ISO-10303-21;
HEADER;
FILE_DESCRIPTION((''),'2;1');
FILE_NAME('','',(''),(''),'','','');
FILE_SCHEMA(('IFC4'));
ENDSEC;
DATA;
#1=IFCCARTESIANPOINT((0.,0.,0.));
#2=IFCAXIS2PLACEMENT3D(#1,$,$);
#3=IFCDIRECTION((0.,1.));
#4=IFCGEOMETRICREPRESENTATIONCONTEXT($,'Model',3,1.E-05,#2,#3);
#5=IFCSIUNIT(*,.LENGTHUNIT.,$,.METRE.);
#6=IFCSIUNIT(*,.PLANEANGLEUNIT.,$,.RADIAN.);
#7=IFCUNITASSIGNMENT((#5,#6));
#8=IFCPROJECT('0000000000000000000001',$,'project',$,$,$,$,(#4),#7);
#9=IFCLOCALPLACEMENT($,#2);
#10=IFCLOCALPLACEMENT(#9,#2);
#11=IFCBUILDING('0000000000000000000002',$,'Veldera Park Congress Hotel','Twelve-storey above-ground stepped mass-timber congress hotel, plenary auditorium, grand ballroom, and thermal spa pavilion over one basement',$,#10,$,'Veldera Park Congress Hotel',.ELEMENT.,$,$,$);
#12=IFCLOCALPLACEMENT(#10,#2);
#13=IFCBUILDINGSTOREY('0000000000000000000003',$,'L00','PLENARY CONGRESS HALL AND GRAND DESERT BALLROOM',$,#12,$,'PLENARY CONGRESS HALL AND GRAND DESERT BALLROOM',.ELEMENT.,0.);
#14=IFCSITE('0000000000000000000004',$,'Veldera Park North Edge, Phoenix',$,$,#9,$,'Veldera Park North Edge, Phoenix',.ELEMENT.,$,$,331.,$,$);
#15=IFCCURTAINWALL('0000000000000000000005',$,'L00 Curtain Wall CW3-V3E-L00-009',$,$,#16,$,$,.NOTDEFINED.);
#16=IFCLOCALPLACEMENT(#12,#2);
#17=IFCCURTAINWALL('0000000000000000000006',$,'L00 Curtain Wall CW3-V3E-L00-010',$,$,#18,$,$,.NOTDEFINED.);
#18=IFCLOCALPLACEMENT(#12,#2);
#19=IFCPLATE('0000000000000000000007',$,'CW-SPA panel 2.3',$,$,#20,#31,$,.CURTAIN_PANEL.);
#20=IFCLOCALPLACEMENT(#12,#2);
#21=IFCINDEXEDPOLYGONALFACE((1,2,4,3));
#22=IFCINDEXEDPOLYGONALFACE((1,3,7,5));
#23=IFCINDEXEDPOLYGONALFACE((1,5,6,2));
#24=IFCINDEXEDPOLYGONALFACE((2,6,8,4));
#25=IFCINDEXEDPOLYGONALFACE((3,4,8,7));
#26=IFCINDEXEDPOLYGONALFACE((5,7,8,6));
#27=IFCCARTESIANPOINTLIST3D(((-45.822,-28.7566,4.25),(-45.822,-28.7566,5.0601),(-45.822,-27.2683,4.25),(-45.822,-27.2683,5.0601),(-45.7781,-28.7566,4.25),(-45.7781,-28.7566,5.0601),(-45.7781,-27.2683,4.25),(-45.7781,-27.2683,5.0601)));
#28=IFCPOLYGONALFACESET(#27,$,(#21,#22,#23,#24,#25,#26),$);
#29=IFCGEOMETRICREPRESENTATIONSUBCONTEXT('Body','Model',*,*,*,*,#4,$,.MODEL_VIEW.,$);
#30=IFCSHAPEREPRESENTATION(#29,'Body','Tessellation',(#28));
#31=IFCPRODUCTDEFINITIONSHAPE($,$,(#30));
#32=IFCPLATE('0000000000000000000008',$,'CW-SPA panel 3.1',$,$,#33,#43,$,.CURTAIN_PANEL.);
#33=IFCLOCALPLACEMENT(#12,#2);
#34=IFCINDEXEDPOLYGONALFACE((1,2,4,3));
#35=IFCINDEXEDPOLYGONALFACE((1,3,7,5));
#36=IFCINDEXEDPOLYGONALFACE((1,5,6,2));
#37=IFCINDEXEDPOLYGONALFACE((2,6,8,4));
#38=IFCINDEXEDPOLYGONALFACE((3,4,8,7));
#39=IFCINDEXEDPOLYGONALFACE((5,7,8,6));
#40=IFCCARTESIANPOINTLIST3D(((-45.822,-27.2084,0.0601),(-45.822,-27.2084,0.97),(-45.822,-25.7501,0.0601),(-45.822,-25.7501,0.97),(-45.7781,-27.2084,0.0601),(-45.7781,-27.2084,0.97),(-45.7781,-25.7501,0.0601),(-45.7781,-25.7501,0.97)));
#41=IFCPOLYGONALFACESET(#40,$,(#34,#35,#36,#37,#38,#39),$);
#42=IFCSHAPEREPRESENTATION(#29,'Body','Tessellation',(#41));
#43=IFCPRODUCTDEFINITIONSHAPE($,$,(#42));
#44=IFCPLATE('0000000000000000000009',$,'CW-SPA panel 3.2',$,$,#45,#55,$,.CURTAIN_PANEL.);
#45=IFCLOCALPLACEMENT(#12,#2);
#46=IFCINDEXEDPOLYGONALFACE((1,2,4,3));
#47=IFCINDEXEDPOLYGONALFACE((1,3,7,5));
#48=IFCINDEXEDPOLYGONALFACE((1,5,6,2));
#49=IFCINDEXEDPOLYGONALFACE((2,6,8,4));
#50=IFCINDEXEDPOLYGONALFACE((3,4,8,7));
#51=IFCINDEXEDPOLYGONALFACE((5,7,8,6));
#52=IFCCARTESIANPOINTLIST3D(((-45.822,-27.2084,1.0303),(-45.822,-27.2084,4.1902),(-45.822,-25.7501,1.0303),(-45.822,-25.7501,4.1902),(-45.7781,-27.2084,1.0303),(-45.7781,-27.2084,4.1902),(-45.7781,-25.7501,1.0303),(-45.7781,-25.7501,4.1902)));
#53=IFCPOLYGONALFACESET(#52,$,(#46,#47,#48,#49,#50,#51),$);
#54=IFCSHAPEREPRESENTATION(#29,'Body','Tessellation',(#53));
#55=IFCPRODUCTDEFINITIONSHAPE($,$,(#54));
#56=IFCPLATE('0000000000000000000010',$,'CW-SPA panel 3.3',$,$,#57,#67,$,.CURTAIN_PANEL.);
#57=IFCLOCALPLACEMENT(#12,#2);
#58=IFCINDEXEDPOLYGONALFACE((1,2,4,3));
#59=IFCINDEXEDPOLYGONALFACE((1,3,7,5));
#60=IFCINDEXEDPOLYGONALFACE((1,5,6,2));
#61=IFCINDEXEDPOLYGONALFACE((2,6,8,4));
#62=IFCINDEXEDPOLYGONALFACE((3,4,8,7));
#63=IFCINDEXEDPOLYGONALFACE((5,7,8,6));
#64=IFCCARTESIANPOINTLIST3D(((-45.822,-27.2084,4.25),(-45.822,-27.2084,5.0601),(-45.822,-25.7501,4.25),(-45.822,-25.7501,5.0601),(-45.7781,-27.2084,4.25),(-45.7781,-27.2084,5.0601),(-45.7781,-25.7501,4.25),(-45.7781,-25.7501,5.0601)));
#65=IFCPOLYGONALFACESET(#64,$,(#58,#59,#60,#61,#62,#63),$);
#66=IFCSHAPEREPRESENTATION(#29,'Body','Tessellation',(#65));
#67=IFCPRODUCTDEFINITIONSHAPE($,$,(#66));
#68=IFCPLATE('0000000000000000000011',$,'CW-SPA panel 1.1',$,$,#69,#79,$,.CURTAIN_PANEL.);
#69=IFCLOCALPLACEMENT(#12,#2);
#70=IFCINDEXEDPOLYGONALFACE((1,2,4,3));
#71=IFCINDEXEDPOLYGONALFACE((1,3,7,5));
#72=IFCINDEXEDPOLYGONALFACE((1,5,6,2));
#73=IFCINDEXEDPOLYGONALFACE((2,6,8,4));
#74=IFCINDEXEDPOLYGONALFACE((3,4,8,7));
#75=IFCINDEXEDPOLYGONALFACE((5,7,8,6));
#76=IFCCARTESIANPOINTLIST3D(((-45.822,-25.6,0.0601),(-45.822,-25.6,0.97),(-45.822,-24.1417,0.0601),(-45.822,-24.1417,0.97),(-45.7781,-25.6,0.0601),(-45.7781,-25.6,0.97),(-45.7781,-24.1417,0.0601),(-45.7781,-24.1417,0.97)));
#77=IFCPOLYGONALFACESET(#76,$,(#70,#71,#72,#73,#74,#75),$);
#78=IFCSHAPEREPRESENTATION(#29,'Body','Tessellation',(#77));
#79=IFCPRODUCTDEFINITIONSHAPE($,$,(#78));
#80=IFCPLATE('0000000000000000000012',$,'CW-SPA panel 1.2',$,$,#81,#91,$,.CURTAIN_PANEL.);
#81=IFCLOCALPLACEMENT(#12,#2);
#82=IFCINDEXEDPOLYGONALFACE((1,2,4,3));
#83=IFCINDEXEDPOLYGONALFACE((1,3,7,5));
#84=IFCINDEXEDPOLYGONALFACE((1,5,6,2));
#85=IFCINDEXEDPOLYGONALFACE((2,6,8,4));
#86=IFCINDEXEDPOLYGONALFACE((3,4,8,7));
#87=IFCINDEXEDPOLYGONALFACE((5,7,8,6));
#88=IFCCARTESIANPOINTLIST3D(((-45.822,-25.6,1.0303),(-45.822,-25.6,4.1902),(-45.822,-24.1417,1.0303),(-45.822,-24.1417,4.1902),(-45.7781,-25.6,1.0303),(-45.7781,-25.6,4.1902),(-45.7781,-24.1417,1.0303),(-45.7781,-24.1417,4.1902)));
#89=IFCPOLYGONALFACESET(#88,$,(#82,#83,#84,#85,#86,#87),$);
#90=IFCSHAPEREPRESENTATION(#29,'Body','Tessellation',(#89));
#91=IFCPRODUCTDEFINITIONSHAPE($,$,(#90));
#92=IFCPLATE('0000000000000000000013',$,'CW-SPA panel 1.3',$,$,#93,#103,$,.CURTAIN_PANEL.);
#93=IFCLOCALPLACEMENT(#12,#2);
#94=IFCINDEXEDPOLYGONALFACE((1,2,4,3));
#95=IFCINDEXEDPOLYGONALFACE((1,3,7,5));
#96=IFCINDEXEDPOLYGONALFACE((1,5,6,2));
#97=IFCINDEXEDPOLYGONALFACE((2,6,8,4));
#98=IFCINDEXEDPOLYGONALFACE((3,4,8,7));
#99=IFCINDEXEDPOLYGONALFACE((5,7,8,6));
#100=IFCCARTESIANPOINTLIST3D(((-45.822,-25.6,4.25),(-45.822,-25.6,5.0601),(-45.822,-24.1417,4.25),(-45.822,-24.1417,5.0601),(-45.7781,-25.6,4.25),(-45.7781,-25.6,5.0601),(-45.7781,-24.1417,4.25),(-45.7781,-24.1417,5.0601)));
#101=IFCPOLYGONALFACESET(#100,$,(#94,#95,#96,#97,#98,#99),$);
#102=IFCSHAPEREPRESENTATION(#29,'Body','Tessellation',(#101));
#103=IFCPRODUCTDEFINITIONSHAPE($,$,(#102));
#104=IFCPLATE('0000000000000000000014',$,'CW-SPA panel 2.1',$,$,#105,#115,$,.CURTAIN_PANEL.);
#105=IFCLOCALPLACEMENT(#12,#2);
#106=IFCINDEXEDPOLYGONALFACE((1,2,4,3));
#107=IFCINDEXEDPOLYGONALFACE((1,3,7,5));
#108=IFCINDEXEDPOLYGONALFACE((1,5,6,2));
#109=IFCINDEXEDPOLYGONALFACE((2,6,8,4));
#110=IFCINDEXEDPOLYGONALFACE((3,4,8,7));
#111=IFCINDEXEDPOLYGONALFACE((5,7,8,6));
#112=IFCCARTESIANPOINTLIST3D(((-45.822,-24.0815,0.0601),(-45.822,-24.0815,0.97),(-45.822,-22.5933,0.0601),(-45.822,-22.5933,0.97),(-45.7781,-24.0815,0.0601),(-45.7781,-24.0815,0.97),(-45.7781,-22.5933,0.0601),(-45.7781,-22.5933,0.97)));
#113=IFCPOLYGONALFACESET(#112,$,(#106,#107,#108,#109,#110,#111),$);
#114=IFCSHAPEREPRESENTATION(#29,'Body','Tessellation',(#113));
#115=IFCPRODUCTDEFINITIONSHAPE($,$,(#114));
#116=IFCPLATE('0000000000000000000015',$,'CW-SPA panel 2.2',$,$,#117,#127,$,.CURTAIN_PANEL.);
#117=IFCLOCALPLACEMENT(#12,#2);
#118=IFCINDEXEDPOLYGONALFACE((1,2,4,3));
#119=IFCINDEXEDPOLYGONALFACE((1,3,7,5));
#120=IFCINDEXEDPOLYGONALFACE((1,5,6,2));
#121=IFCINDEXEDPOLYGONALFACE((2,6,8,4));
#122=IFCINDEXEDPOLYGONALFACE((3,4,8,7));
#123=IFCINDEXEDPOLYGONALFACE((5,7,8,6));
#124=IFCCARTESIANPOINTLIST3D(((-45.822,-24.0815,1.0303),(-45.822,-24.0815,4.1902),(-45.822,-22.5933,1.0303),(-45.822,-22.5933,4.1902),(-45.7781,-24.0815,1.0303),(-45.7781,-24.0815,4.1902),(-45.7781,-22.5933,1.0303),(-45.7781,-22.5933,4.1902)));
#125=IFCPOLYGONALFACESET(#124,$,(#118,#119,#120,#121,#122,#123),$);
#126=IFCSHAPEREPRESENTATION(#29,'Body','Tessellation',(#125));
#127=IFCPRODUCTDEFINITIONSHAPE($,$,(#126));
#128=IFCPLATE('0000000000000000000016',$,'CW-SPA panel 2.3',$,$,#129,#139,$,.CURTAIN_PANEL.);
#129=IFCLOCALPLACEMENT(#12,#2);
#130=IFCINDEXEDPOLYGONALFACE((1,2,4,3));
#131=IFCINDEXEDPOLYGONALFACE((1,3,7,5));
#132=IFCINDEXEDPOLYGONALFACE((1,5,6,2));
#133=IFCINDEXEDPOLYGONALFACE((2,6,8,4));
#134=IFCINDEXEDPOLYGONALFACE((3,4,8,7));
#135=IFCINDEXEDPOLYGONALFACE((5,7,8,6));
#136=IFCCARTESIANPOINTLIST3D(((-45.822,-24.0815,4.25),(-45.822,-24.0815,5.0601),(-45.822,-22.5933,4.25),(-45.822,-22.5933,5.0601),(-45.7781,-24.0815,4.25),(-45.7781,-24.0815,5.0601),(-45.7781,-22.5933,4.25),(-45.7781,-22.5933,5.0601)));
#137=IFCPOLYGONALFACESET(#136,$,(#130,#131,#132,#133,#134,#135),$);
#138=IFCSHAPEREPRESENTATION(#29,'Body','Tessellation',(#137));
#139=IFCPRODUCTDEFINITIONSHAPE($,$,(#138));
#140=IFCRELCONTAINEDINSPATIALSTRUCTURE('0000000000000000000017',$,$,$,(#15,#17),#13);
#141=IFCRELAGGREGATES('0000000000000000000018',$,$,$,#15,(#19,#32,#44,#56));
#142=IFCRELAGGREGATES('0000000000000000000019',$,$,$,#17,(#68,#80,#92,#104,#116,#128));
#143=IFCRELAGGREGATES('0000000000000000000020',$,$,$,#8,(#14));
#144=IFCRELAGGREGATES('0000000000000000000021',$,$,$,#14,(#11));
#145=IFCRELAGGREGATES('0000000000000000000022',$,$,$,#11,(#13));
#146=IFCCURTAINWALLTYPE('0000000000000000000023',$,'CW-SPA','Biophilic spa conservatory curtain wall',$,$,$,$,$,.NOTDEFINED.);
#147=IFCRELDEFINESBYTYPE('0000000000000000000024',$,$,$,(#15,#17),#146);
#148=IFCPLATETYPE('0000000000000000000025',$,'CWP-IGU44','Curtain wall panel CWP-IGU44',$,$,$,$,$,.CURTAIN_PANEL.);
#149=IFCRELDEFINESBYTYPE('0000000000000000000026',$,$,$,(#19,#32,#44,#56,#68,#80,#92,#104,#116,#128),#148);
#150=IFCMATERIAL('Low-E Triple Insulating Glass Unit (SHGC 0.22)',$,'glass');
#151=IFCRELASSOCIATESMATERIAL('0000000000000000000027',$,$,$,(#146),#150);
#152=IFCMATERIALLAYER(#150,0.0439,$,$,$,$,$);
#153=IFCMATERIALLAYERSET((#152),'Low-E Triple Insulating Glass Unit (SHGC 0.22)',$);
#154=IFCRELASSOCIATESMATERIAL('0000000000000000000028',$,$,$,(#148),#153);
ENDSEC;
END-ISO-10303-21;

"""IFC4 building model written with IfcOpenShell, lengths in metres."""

from ifc_helpers import new_model, si_unit, direction, frame, origin, origin_2d, place, context, subcontext, project, spatial, rectangle, extrude, material, layer, layer_set, type_object, element, aggregate, save


model = new_model("IFC4")

# Units and contexts
model_context = context("Model", 3, precision=1e-05, world=origin(), true_north=direction((0.0, 1.0)))
body_context = subcontext(model_context, "Body", "Model", "MODEL_VIEW")
ifc_project = project(units=[si_unit("LENGTHUNIT", "METRE"), si_unit("PLANEANGLEUNIT", "RADIAN")], contexts=[model_context])

# Site, building, storey
site_placement = place(None, origin())
site = spatial("IfcSite", under=ifc_project, at=site_placement, Name="Veldera Park North Edge, Phoenix", LongName="Veldera Park North Edge, Phoenix", CompositionType="ELEMENT", RefElevation=331.0)
building_placement = place(site_placement, origin())
building = spatial("IfcBuilding", under=site, at=building_placement, Name="Veldera Park Congress Hotel", Description="Twelve-storey above-ground stepped mass-timber congress hotel, plenary auditorium, grand ballroom, and thermal spa pavilion over one basement", LongName="Veldera Park Congress Hotel", CompositionType="ELEMENT")
storey_placement = place(building_placement, origin())
storey = spatial("IfcBuildingStorey", under=building, at=storey_placement, Name="L00", Description="PLENARY CONGRESS HALL AND GRAND DESERT BALLROOM", LongName="PLENARY CONGRESS HALL AND GRAND DESERT BALLROOM", CompositionType="ELEMENT", Elevation=0.0)

# Curtain walls
ifc_material_1 = material(Name="Low-E Triple Insulating Glass Unit (SHGC 0.22)", Category="glass")
curtain_wall_type = type_object("IfcCurtainWallType", Name="CW-SPA", Description="Biophilic spa conservatory curtain wall", PredefinedType="NOTDEFINED", material=ifc_material_1)
curtain_wall_1_placement = place(storey_placement, origin())
curtain_wall_1 = element("IfcCurtainWall", 1, at=curtain_wall_1_placement, inside=storey, type_object=curtain_wall_type, Name="L00 Curtain Wall CW3-V3E-L00-009", PredefinedType="NOTDEFINED")
curtain_wall_2_placement = place(storey_placement, origin())
curtain_wall_2 = element("IfcCurtainWall", 2, at=curtain_wall_2_placement, inside=storey, type_object=curtain_wall_type, Name="L00 Curtain Wall CW3-V3E-L00-010", PredefinedType="NOTDEFINED")

# Plates
ifc_layer = layer(ifc_material_1, 0.0439)
ifc_layer_set = layer_set([ifc_layer], Name="Low-E Triple Insulating Glass Unit (SHGC 0.22)")
plate_type = type_object("IfcPlateType", Name="CWP-IGU44", Description="Curtain wall panel CWP-IGU44", PredefinedType="CURTAIN_PANEL", material=ifc_layer_set)
plate_1_placement = place(storey_placement, frame((-45.8, -28.0125, 4.25), z_axis=(0.0, 0.0, 1.0), x_axis=(0.0, 1.0, 0.0)))
plate_1 = element("IfcPlate", 3, at=plate_1_placement, type_object=plate_type, Name="CW-SPA panel 2.3", PredefinedType="CURTAIN_PANEL", context=body_context, shape_type="SweptSolid", body=[
    extrude(rectangle(XDim=1.4883, YDim=0.0439, at=origin_2d()), origin(), (0.0, 0.0, 1.0), 0.8101),
])
plate_2_placement = place(storey_placement, frame((-45.8, -26.4792, 0.0601), z_axis=(0.0, 0.0, 1.0), x_axis=(0.0, 1.0, 0.0)))
plate_2 = element("IfcPlate", 4, at=plate_2_placement, type_object=plate_type, Name="CW-SPA panel 3.1", PredefinedType="CURTAIN_PANEL", context=body_context, shape_type="SweptSolid", body=[
    extrude(rectangle(XDim=1.4583, YDim=0.0439, at=origin_2d()), origin(), (0.0, 0.0, 1.0), 0.9099),
])
plate_3_placement = place(storey_placement, frame((-45.8, -26.4792, 1.0303), z_axis=(0.0, 0.0, 1.0), x_axis=(0.0, 1.0, 0.0)))
plate_3 = element("IfcPlate", 5, at=plate_3_placement, type_object=plate_type, Name="CW-SPA panel 3.2", PredefinedType="CURTAIN_PANEL", context=body_context, shape_type="SweptSolid", body=[
    extrude(rectangle(XDim=1.4583, YDim=0.0439, at=origin_2d()), origin(), (0.0, 0.0, 1.0), 3.1599),
])
plate_4_placement = place(storey_placement, frame((-45.8, -26.4792, 4.25), z_axis=(0.0, 0.0, 1.0), x_axis=(0.0, 1.0, 0.0)))
plate_4 = element("IfcPlate", 6, at=plate_4_placement, type_object=plate_type, Name="CW-SPA panel 3.3", PredefinedType="CURTAIN_PANEL", context=body_context, shape_type="SweptSolid", body=[
    extrude(rectangle(XDim=1.4583, YDim=0.0439, at=origin_2d()), origin(), (0.0, 0.0, 1.0), 0.8101),
])
aggregate(curtain_wall_1, [plate_1, plate_2, plate_3, plate_4])
plate_5_placement = place(storey_placement, frame((-45.8, -24.8708, 0.0601), z_axis=(0.0, 0.0, 1.0), x_axis=(0.0, 1.0, 0.0)))
plate_5 = element("IfcPlate", 7, at=plate_5_placement, type_object=plate_type, Name="CW-SPA panel 1.1", PredefinedType="CURTAIN_PANEL", context=body_context, shape_type="SweptSolid", body=[
    extrude(rectangle(XDim=1.4583, YDim=0.0439, at=origin_2d()), origin(), (0.0, 0.0, 1.0), 0.9099),
])
plate_6_placement = place(storey_placement, frame((-45.8, -24.8708, 1.0303), z_axis=(0.0, 0.0, 1.0), x_axis=(0.0, 1.0, 0.0)))
plate_6 = element("IfcPlate", 8, at=plate_6_placement, type_object=plate_type, Name="CW-SPA panel 1.2", PredefinedType="CURTAIN_PANEL", context=body_context, shape_type="SweptSolid", body=[
    extrude(rectangle(XDim=1.4583, YDim=0.0439, at=origin_2d()), origin(), (0.0, 0.0, 1.0), 3.1599),
])
plate_7_placement = place(storey_placement, frame((-45.8, -24.8708, 4.25), z_axis=(0.0, 0.0, 1.0), x_axis=(0.0, 1.0, 0.0)))
plate_7 = element("IfcPlate", 9, at=plate_7_placement, type_object=plate_type, Name="CW-SPA panel 1.3", PredefinedType="CURTAIN_PANEL", context=body_context, shape_type="SweptSolid", body=[
    extrude(rectangle(XDim=1.4583, YDim=0.0439, at=origin_2d()), origin(), (0.0, 0.0, 1.0), 0.8101),
])
plate_8_placement = place(storey_placement, frame((-45.8, -23.3374, 0.0601), z_axis=(0.0, 0.0, 1.0), x_axis=(0.0, 1.0, 0.0)))
plate_8 = element("IfcPlate", 10, at=plate_8_placement, type_object=plate_type, Name="CW-SPA panel 2.1", PredefinedType="CURTAIN_PANEL", context=body_context, shape_type="SweptSolid", body=[
    extrude(rectangle(XDim=1.4883, YDim=0.0439, at=origin_2d()), origin(), (0.0, 0.0, 1.0), 0.9099),
])
plate_9_placement = place(storey_placement, frame((-45.8, -23.3374, 1.0303), z_axis=(0.0, 0.0, 1.0), x_axis=(0.0, 1.0, 0.0)))
plate_9 = element("IfcPlate", 11, at=plate_9_placement, type_object=plate_type, Name="CW-SPA panel 2.2", PredefinedType="CURTAIN_PANEL", context=body_context, shape_type="SweptSolid", body=[
    extrude(rectangle(XDim=1.4883, YDim=0.0439, at=origin_2d()), origin(), (0.0, 0.0, 1.0), 3.1599),
])
plate_10_placement = place(storey_placement, frame((-45.8, -23.3374, 4.25), z_axis=(0.0, 0.0, 1.0), x_axis=(0.0, 1.0, 0.0)))
plate_10 = element("IfcPlate", 12, at=plate_10_placement, type_object=plate_type, Name="CW-SPA panel 2.3", PredefinedType="CURTAIN_PANEL", context=body_context, shape_type="SweptSolid", body=[
    extrude(rectangle(XDim=1.4883, YDim=0.0439, at=origin_2d()), origin(), (0.0, 0.0, 1.0), 0.8101),
])
aggregate(curtain_wall_2, [plate_5, plate_6, plate_7, plate_8, plate_9, plate_10])

save(model, "model.ifc")
